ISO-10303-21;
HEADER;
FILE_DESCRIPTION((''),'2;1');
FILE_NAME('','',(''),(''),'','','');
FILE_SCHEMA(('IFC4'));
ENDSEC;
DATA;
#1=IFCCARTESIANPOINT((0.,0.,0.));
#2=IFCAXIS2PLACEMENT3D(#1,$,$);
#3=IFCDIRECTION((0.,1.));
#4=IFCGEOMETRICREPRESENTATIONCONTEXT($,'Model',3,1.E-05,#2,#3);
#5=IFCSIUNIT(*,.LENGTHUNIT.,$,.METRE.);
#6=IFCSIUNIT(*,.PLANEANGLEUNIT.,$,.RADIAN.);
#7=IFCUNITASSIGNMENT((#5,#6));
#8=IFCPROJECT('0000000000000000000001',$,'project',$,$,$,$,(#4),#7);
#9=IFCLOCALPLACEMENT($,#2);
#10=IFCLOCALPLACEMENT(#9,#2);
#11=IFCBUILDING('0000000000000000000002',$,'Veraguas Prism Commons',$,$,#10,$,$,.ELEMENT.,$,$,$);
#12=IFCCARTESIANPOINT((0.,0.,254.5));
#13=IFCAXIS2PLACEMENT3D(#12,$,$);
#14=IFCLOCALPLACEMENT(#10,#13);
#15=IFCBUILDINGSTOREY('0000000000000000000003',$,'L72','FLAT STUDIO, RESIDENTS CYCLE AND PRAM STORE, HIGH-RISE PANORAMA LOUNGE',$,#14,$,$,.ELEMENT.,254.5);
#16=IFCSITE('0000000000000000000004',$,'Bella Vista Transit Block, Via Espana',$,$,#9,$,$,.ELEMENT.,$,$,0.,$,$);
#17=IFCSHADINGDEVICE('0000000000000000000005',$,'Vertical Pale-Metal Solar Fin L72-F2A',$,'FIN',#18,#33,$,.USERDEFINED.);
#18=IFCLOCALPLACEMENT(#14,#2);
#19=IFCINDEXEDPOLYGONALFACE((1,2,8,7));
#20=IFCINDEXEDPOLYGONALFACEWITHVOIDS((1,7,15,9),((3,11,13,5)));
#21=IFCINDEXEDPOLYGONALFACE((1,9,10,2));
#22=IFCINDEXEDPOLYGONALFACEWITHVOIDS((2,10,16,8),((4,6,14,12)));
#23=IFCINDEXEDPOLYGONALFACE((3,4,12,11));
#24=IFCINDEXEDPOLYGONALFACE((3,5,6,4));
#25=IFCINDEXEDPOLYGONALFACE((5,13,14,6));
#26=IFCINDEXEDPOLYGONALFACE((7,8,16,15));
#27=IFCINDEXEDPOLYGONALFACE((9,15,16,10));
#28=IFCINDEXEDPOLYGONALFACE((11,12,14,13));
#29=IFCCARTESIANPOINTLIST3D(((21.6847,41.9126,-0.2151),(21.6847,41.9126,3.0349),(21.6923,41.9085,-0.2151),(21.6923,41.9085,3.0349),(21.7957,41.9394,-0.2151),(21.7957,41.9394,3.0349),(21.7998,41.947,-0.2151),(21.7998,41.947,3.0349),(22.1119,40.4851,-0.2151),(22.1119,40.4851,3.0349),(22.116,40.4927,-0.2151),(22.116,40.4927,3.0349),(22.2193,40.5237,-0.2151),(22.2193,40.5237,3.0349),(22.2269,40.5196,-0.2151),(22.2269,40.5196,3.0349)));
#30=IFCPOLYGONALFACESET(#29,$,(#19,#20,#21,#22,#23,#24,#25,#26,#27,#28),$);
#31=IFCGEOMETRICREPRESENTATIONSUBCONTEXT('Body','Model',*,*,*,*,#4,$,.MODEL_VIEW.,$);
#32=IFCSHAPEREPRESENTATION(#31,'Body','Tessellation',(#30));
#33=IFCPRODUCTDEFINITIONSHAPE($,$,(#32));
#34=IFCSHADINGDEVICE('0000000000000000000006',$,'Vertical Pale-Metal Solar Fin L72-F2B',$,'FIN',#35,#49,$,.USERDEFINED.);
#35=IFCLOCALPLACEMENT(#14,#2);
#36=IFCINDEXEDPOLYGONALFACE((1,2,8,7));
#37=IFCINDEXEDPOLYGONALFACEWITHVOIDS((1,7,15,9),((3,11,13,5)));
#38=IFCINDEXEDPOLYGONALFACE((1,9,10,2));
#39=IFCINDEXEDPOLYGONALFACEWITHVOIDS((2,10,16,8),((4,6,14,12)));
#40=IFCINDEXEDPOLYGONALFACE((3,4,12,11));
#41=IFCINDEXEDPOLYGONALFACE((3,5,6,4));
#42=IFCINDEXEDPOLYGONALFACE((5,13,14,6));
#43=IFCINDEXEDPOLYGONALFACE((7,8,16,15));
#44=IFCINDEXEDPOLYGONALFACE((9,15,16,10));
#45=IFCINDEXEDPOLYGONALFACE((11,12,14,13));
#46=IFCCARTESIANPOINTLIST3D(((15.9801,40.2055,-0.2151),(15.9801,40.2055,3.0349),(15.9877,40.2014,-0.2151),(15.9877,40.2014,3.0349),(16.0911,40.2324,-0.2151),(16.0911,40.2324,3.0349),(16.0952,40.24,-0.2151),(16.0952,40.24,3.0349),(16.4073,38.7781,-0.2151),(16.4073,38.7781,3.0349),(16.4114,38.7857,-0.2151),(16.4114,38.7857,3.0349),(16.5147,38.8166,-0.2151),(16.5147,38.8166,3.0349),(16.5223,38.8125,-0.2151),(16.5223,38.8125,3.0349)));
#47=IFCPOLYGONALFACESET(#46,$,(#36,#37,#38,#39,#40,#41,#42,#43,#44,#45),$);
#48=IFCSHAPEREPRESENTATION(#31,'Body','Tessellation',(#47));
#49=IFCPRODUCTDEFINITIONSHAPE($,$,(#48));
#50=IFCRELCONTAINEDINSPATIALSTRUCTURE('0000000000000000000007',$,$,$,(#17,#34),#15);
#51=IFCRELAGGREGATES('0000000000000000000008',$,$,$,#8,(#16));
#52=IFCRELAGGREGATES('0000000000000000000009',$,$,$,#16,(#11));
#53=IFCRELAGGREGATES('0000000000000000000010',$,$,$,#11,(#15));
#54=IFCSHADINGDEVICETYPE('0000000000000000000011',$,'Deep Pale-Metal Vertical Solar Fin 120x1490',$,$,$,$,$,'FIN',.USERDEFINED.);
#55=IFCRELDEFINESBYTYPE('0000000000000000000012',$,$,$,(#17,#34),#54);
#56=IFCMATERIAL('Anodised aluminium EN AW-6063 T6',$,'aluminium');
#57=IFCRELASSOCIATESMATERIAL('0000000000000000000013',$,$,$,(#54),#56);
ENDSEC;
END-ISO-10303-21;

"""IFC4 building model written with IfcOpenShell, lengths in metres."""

from ifc_helpers import new_model, si_unit, direction, frame, origin, origin_2d, place, context, subcontext, project, spatial, hollow_rectangle, extrude, material, material_profile, profile_set, type_object, element, save


model = new_model("IFC4")

# Units and contexts
model_context = context("Model", 3, precision=1e-05, world=origin(), true_north=direction((0.0, 1.0)))
body_context = subcontext(model_context, "Body", "Model", "MODEL_VIEW")
ifc_project = project(units=[si_unit("LENGTHUNIT", "METRE"), si_unit("PLANEANGLEUNIT", "RADIAN")], contexts=[model_context])

# Site, building, storey
site_placement = place(None, origin())
site = spatial("IfcSite", under=ifc_project, at=site_placement, Name="Bella Vista Transit Block, Via Espana", CompositionType="ELEMENT", RefElevation=0.0)
building_placement = place(site_placement, origin())
building = spatial("IfcBuilding", under=site, at=building_placement, Name="Veraguas Prism Commons", CompositionType="ELEMENT")
storey_placement = place(building_placement, frame((0.0, 0.0, 254.5)))
storey = spatial("IfcBuildingStorey", under=building, at=storey_placement, Name="L72", Description="FLAT STUDIO, RESIDENTS CYCLE AND PRAM STORE, HIGH-RISE PANORAMA LOUNGE", CompositionType="ELEMENT", Elevation=254.5)

# Shared definitions
ifc_material_1 = material(Name="Anodised aluminium EN AW-6063 T6", Category="aluminium")

# Shading devices
ifc_material_profile_1 = material_profile(ifc_material_1, hollow_rectangle(XDim=0.1201, YDim=1.49, WallThickness=0.0061, at=origin_2d()), Name="FIN120X1490X6")
ifc_profile_set_1 = profile_set([ifc_material_profile_1], Name="Anodised aluminium EN AW-6063 T6")
shading_device_type = type_object("IfcShadingDeviceType", Name="Deep Pale-Metal Vertical Solar Fin 120x1490", ElementType="FIN", PredefinedType="USERDEFINED", material=ifc_profile_set_1)
for number, where, z_axis, x_axis, name in (
    (1, (21.9558, 41.2161, -0.2151), (0.0, 0.0, 1.0), (-0.958023, -0.286692, 0.0), "Vertical Pale-Metal Solar Fin L72-F2A"),
    (2, (16.2512, 39.509, -0.2151), (0.0, 0.0, 1.0), (-0.958023, -0.286692, 0.0), "Vertical Pale-Metal Solar Fin L72-F2B"),
):
    element("IfcShadingDevice", number, at=place(storey_placement, frame(where, z_axis=z_axis, x_axis=x_axis)), inside=storey, type_object=shading_device_type, Name=name, ObjectType="FIN", PredefinedType="USERDEFINED", context=body_context, shape_type="SweptSolid", body=[
        extrude(hollow_rectangle(XDim=0.1201, YDim=1.49, WallThickness=0.0061, at=origin_2d()), origin(), (0.0, 0.0, 1.0), 3.25),
    ])

save(model, "model.ifc")
